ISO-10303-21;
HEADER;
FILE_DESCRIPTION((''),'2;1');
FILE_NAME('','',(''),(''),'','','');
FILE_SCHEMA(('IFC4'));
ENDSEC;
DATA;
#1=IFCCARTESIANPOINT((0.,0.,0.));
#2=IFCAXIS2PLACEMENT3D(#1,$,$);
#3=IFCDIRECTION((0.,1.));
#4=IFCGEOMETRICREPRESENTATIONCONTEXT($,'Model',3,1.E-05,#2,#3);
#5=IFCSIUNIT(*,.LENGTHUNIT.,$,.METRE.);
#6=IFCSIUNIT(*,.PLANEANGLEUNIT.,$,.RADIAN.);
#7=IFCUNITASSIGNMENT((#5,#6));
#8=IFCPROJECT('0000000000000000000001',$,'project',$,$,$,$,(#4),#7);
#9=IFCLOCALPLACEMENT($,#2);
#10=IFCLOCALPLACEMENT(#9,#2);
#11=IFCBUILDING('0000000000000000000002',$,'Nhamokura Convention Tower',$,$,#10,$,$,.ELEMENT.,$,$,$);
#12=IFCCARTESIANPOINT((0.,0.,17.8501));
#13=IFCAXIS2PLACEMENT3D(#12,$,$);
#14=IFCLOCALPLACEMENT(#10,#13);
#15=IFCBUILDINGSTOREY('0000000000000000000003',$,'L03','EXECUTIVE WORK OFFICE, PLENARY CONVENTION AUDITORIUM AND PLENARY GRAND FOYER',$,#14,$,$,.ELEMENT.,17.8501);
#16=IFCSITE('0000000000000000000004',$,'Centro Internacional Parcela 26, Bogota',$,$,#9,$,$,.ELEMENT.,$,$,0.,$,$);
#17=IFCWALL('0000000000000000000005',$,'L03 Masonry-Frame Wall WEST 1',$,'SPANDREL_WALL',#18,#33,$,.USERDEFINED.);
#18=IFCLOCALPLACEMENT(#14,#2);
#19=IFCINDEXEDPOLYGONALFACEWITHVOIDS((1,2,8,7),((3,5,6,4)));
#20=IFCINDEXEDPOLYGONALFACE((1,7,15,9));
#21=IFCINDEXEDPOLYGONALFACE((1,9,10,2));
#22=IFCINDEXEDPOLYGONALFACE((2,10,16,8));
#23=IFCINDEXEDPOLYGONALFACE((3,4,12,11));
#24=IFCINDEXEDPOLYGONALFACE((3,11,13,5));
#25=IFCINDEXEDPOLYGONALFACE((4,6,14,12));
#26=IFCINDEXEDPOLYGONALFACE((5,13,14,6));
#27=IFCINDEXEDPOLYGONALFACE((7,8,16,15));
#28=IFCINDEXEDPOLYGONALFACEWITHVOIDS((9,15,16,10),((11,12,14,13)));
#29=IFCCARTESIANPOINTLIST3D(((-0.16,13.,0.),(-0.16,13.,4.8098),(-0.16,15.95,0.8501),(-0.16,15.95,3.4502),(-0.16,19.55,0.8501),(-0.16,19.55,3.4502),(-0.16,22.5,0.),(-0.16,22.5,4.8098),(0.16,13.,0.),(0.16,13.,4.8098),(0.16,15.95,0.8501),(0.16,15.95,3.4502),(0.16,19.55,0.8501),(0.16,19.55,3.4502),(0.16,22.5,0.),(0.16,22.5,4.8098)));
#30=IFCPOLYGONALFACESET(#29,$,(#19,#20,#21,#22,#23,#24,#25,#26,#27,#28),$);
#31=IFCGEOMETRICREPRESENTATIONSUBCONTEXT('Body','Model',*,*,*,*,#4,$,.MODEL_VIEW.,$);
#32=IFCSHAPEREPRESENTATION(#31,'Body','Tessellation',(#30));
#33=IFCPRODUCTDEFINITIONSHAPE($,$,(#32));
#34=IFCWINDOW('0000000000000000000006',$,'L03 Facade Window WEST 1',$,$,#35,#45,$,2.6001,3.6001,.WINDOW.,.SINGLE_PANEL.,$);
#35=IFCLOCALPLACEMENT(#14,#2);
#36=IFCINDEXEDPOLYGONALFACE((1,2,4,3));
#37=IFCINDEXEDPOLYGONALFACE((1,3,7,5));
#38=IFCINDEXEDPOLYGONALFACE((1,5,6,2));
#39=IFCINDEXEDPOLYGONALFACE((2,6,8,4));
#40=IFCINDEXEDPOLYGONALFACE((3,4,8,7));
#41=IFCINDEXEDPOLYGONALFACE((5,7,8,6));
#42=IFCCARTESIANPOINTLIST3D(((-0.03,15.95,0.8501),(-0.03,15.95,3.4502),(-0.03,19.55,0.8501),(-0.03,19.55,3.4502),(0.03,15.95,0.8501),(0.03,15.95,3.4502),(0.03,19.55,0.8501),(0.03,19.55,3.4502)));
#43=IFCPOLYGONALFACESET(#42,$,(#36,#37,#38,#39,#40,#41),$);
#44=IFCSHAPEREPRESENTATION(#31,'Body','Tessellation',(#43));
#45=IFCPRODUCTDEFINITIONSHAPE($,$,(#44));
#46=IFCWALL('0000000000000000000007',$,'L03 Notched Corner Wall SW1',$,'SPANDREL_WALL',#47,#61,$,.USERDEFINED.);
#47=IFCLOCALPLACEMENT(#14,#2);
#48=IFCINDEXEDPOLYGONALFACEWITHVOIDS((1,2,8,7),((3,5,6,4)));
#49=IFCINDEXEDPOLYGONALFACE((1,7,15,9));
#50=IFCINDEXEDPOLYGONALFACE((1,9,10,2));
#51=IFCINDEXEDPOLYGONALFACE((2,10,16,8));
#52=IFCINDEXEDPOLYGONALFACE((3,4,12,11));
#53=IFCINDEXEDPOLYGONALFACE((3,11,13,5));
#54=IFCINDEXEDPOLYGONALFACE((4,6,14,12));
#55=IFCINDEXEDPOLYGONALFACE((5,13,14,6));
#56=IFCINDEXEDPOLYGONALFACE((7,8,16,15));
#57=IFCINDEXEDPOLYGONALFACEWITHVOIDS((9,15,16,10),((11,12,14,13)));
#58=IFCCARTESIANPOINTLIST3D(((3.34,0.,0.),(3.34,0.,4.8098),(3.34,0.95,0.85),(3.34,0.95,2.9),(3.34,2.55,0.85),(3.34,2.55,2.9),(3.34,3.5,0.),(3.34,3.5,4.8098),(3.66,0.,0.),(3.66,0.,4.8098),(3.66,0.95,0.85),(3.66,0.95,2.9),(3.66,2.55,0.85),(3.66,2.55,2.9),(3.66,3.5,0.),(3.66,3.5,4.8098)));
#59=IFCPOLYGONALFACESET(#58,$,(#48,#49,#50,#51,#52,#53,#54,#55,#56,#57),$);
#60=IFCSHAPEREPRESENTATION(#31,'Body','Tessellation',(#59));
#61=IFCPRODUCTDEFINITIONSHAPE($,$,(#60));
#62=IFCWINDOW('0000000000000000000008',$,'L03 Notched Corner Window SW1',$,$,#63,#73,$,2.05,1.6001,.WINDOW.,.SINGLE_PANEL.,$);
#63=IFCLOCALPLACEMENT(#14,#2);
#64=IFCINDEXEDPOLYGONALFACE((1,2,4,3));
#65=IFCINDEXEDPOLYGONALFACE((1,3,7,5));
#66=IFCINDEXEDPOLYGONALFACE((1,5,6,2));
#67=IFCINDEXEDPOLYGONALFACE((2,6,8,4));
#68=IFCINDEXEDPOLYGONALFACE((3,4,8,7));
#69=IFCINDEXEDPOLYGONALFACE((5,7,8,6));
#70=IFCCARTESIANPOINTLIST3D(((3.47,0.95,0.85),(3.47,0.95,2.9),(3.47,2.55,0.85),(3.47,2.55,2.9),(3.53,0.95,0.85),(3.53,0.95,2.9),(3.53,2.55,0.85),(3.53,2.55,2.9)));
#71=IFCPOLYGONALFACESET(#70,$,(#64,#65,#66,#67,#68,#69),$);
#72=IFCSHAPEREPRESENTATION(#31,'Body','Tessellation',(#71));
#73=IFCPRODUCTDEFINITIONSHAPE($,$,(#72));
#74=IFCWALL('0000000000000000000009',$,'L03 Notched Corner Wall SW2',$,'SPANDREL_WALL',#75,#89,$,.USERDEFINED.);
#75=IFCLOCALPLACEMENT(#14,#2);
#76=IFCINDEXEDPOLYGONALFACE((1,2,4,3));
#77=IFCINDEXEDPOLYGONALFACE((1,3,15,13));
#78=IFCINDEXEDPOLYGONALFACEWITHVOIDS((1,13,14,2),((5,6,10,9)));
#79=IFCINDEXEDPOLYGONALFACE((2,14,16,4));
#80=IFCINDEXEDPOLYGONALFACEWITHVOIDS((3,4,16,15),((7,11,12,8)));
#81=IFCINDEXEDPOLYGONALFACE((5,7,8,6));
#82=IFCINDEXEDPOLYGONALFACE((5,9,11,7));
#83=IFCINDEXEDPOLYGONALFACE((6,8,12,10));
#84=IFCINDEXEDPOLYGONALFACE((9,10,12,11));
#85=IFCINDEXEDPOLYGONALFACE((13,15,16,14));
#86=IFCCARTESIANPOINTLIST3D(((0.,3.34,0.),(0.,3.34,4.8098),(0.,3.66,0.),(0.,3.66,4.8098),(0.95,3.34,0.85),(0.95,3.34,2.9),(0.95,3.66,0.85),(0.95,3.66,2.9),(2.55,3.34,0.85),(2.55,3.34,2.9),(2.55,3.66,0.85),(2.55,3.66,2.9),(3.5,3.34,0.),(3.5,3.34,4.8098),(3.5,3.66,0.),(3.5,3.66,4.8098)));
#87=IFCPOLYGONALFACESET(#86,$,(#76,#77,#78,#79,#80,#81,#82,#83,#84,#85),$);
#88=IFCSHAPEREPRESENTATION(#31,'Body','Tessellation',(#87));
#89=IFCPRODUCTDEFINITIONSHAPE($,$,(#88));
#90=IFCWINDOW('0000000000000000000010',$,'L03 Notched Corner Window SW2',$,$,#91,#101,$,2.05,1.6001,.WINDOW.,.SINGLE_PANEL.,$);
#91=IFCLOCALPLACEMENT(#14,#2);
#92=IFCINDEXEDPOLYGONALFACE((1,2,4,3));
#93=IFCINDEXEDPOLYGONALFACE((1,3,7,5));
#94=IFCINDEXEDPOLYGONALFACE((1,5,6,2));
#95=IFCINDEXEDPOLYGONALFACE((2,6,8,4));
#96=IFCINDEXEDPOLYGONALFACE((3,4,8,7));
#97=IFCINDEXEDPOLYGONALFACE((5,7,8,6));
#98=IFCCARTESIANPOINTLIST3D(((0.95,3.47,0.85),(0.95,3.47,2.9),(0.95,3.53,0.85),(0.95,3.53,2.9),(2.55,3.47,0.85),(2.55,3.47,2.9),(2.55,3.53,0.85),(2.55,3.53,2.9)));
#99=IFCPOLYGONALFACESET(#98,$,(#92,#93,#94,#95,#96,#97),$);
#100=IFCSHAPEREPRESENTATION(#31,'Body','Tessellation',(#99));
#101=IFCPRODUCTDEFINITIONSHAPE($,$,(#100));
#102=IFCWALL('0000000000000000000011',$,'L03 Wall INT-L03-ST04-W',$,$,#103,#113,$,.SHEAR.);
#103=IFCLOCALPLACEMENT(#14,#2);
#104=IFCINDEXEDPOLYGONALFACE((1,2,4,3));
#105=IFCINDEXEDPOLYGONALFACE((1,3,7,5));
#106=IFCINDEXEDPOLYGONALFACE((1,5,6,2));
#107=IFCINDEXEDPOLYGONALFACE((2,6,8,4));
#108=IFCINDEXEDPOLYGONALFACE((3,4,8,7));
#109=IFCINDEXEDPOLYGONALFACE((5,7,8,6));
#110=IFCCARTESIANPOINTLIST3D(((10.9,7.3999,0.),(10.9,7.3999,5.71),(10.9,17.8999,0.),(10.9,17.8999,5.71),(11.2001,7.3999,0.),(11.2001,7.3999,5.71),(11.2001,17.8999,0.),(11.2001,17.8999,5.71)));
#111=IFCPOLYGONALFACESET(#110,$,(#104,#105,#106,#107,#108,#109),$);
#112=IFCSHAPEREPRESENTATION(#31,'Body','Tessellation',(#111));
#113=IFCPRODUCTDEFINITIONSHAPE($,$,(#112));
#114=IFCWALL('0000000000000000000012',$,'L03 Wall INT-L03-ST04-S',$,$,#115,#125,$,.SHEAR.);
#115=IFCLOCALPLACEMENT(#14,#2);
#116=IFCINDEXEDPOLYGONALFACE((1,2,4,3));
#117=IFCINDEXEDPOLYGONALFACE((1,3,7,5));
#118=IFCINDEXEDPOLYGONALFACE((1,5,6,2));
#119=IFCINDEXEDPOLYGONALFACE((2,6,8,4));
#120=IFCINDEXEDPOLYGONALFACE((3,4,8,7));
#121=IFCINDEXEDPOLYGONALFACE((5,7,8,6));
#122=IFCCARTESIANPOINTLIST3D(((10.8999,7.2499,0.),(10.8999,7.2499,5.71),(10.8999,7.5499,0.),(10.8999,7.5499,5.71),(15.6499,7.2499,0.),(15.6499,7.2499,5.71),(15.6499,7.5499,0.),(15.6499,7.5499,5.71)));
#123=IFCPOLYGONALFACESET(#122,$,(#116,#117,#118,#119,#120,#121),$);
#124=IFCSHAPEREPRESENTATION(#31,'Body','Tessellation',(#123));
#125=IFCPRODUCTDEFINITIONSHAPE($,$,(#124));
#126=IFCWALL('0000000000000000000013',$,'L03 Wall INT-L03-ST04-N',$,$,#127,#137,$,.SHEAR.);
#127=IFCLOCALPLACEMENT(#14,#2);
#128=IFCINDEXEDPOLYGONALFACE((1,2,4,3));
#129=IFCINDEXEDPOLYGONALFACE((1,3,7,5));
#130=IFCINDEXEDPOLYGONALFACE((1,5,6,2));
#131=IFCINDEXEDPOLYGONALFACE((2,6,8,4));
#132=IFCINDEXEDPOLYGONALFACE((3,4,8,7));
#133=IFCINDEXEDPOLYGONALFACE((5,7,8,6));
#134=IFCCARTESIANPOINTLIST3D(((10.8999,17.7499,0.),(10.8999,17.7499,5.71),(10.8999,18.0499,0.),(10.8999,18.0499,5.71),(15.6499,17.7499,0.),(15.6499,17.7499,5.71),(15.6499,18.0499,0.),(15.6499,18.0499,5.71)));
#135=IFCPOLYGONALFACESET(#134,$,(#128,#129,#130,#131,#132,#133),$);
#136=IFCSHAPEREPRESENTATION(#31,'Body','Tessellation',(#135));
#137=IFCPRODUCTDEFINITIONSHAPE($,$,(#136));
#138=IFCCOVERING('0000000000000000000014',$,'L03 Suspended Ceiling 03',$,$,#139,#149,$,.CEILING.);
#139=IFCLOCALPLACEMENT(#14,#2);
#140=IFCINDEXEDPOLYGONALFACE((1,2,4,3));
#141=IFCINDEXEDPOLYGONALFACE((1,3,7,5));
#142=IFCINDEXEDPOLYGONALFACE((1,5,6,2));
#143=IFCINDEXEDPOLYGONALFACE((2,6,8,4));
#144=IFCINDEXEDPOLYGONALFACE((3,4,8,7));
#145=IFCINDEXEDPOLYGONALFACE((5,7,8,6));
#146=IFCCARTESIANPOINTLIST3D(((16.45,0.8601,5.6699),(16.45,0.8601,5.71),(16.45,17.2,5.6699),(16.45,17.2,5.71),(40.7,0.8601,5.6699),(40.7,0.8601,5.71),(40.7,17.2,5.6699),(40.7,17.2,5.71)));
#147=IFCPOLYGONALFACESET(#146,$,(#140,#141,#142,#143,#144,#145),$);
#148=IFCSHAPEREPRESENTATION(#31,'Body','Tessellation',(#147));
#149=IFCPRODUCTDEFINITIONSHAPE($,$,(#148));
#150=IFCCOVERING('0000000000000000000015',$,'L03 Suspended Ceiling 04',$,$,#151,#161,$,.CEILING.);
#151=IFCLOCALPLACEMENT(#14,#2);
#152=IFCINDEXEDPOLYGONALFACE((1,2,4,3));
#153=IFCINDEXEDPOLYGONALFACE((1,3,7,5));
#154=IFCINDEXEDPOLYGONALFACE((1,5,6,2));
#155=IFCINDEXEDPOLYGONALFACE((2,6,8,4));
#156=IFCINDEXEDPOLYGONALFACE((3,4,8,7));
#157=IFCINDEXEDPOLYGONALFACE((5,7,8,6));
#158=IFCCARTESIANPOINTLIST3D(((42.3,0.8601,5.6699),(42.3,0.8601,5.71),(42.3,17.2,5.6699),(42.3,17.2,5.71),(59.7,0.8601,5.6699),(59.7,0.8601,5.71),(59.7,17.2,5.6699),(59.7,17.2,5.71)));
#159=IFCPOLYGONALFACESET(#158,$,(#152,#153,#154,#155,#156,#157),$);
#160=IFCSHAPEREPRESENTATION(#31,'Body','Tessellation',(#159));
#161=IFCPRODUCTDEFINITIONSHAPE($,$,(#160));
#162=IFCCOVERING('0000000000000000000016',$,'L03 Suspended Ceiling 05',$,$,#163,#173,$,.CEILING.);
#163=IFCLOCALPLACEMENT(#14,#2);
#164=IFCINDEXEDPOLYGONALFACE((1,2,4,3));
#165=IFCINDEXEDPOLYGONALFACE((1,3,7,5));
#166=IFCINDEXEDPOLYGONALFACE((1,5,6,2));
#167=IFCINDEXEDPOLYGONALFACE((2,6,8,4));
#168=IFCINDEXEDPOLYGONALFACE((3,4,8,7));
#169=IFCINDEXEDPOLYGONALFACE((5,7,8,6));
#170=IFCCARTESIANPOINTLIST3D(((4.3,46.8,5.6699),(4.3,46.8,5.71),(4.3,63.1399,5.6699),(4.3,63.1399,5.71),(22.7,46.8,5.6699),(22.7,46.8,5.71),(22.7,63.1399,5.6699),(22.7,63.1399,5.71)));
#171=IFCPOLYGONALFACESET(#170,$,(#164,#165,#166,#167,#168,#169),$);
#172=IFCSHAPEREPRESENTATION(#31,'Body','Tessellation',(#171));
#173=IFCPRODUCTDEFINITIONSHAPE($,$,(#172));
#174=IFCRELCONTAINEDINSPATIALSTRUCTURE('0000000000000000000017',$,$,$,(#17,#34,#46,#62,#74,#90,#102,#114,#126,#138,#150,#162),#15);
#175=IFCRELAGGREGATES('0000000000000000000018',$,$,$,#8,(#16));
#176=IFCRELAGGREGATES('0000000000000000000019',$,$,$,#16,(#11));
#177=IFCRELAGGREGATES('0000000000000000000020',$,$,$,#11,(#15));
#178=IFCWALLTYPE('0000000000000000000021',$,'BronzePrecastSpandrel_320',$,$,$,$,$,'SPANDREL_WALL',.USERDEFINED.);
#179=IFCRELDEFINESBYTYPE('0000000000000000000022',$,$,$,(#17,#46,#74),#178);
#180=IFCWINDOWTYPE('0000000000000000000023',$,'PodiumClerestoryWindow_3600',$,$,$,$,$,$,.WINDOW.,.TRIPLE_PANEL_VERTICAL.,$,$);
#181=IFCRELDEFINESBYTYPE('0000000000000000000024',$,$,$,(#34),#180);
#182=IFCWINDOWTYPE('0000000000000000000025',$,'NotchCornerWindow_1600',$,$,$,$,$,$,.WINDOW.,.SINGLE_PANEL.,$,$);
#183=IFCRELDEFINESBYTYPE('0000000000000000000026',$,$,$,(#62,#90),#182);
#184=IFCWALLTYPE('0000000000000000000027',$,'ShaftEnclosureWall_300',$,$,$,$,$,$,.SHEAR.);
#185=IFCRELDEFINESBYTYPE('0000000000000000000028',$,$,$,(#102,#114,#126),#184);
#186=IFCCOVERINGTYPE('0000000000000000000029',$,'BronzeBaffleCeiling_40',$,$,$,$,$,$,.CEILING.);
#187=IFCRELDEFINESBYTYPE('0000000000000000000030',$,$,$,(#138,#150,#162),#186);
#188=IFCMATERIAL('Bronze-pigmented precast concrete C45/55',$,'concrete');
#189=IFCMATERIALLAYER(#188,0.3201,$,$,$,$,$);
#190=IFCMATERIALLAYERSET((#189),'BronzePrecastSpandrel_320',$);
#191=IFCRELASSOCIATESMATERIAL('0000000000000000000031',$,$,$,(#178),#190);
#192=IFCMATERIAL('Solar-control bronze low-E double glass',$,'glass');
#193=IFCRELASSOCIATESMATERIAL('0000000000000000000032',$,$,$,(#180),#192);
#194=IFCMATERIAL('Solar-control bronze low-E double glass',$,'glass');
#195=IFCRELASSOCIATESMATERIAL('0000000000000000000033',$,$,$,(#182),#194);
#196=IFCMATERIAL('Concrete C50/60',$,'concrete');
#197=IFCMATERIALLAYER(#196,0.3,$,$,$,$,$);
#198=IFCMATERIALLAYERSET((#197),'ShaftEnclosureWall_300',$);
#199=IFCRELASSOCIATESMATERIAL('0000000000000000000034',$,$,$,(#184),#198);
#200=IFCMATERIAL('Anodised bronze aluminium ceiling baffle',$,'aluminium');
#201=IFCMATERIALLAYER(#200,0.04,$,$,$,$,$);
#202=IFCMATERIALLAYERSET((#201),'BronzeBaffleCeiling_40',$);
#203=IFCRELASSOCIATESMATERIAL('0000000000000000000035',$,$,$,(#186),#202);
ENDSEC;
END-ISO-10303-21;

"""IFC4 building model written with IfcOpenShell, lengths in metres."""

from ifc_helpers import new_model, si_unit, direction, frame, frame_2d, origin, place, context, subcontext, project, spatial, polyline, rectangle, outline, extrude, material, layer, layer_set, type_object, element, fill, save


model = new_model("IFC4")

# Units and contexts
model_context = context("Model", 3, precision=1e-05, world=origin(), true_north=direction((0.0, 1.0)))
body_context = subcontext(model_context, "Body", "Model", "MODEL_VIEW")
ifc_project = project(units=[si_unit("LENGTHUNIT", "METRE"), si_unit("PLANEANGLEUNIT", "RADIAN")], contexts=[model_context])

# Site, building, storey
site_placement = place(None, origin())
site = spatial("IfcSite", under=ifc_project, at=site_placement, Name="Centro Internacional Parcela 26, Bogota", CompositionType="ELEMENT", RefElevation=0.0)
building_placement = place(site_placement, origin())
building = spatial("IfcBuilding", under=site, at=building_placement, Name="Nhamokura Convention Tower", CompositionType="ELEMENT")
storey_placement = place(building_placement, frame((0.0, 0.0, 17.8501)))
storey = spatial("IfcBuildingStorey", under=building, at=storey_placement, Name="L03", Description="EXECUTIVE WORK OFFICE, PLENARY CONVENTION AUDITORIUM AND PLENARY GRAND FOYER", CompositionType="ELEMENT", Elevation=17.8501)

# Shared definitions
ifc_material_1 = material(Name="Bronze-pigmented precast concrete C45/55", Category="concrete")
ifc_layer_1 = layer(ifc_material_1, 0.3201)
ifc_layer_set_1 = layer_set([ifc_layer_1], Name="BronzePrecastSpandrel_320")
wall_type_1 = type_object("IfcWallType", Name="BronzePrecastSpandrel_320", ElementType="SPANDREL_WALL", PredefinedType="USERDEFINED", material=ifc_layer_set_1)

# Walls, openings, windows
wall_1_placement = place(storey_placement, frame((0.0, 13.0, 0.0), z_axis=(0.0, 0.0, 1.0), x_axis=(0.0, 1.0, 0.0)))
wall_1 = element("IfcWall", 1, at=wall_1_placement, inside=storey, type_object=wall_type_1, Name="L03 Masonry-Frame Wall WEST 1", ObjectType="SPANDREL_WALL", PredefinedType="USERDEFINED", context=body_context, shape_type="SweptSolid", body=[
    extrude(rectangle(XDim=9.5, YDim=0.3201, at=frame_2d((4.75, 0.0))), origin(), (0.0, 0.0, 1.0), 4.8098),
])
opening_1_placement = place(wall_1_placement, frame((2.95, 0.0, 0.8501)))
opening_1 = element("IfcOpeningElement", 2, at=opening_1_placement, cuts=wall_1, PredefinedType="OPENING", context=body_context, shape_type="SweptSolid", body=[
    extrude(rectangle(XDim=3.6001, YDim=2.6001, at=frame_2d((1.8, 1.3))), frame((0.0, 0.1699, 0.0), z_axis=(0.0, -1.0, 0.0), x_axis=(1.0, 0.0, 0.0)), (0.0, 0.0, 1.0), 0.3401),
])
ifc_material_2 = material(Name="Solar-control bronze low-E double glass", Category="glass")
window_type_1 = type_object("IfcWindowType", Name="PodiumClerestoryWindow_3600", PartitioningType="TRIPLE_PANEL_VERTICAL", PredefinedType="WINDOW", material=ifc_material_2)
window_1_placement = place(opening_1_placement, origin())
window_1 = element("IfcWindow", 3, at=window_1_placement, inside=storey, type_object=window_type_1, Name="L03 Facade Window WEST 1", OverallHeight=2.6001, OverallWidth=3.6001, PartitioningType="SINGLE_PANEL", PredefinedType="WINDOW", context=body_context, shape_type="SweptSolid", body=[
    extrude(rectangle(XDim=3.6001, YDim=2.6001, at=frame_2d((1.8, 1.3))), frame((0.0, 0.03, 0.0), z_axis=(0.0, -1.0, 0.0), x_axis=(1.0, 0.0, 0.0)), (0.0, 0.0, 1.0), 0.0601),
])
fill(opening_1, window_1)
wall_2_placement = place(storey_placement, frame((3.5, 0.0, 0.0), z_axis=(0.0, 0.0, 1.0), x_axis=(0.0, 1.0, 0.0)))
wall_2 = element("IfcWall", 4, at=wall_2_placement, inside=storey, type_object=wall_type_1, Name="L03 Notched Corner Wall SW1", ObjectType="SPANDREL_WALL", PredefinedType="USERDEFINED", context=body_context, shape_type="SweptSolid", body=[
    extrude(rectangle(XDim=3.5, YDim=0.3201, at=frame_2d((1.75, 0.0))), origin(), (0.0, 0.0, 1.0), 4.8098),
])
opening_2_placement = place(wall_2_placement, frame((0.95, 0.0, 0.8501)))
opening_2 = element("IfcOpeningElement", 5, at=opening_2_placement, cuts=wall_2, PredefinedType="OPENING", context=body_context, shape_type="SweptSolid", body=[
    extrude(rectangle(XDim=1.6001, YDim=2.05, at=frame_2d((0.8, 1.0249))), frame((0.0, 0.1699, 0.0), z_axis=(0.0, -1.0, 0.0), x_axis=(1.0, 0.0, 0.0)), (0.0, 0.0, 1.0), 0.3401),
])
ifc_material_3 = material(Name="Solar-control bronze low-E double glass", Category="glass")
window_type_2 = type_object("IfcWindowType", Name="NotchCornerWindow_1600", PartitioningType="SINGLE_PANEL", PredefinedType="WINDOW", material=ifc_material_3)
window_2_placement = place(opening_2_placement, origin())
window_2 = element("IfcWindow", 6, at=window_2_placement, inside=storey, type_object=window_type_2, Name="L03 Notched Corner Window SW1", OverallHeight=2.05, OverallWidth=1.6001, PartitioningType="SINGLE_PANEL", PredefinedType="WINDOW", context=body_context, shape_type="SweptSolid", body=[
    extrude(rectangle(XDim=1.6001, YDim=2.05, at=frame_2d((0.8, 1.0249))), frame((0.0, 0.03, 0.0), z_axis=(0.0, -1.0, 0.0), x_axis=(1.0, 0.0, 0.0)), (0.0, 0.0, 1.0), 0.0601),
])
fill(opening_2, window_2)
wall_3_placement = place(storey_placement, frame((3.5, 3.5, 0.0), z_axis=(0.0, 0.0, 1.0), x_axis=(-1.0, 0.0, 0.0)))
wall_3 = element("IfcWall", 7, at=wall_3_placement, inside=storey, type_object=wall_type_1, Name="L03 Notched Corner Wall SW2", ObjectType="SPANDREL_WALL", PredefinedType="USERDEFINED", context=body_context, shape_type="SweptSolid", body=[
    extrude(rectangle(XDim=3.5, YDim=0.3201, at=frame_2d((1.75, 0.0))), origin(), (0.0, 0.0, 1.0), 4.8098),
])
opening_3_placement = place(wall_3_placement, frame((0.95, 0.0, 0.8501)))
opening_3 = element("IfcOpeningElement", 8, at=opening_3_placement, cuts=wall_3, PredefinedType="OPENING", context=body_context, shape_type="SweptSolid", body=[
    extrude(rectangle(XDim=1.6001, YDim=2.05, at=frame_2d((0.8, 1.0249))), frame((0.0, 0.1699, 0.0), z_axis=(0.0, -1.0, 0.0), x_axis=(1.0, 0.0, 0.0)), (0.0, 0.0, 1.0), 0.3401),
])
window_3_placement = place(opening_3_placement, origin())
window_3 = element("IfcWindow", 9, at=window_3_placement, inside=storey, type_object=window_type_2, Name="L03 Notched Corner Window SW2", OverallHeight=2.05, OverallWidth=1.6001, PartitioningType="SINGLE_PANEL", PredefinedType="WINDOW", context=body_context, shape_type="SweptSolid", body=[
    extrude(rectangle(XDim=1.6001, YDim=2.05, at=frame_2d((0.8, 1.0249))), frame((0.0, 0.03, 0.0), z_axis=(0.0, -1.0, 0.0), x_axis=(1.0, 0.0, 0.0)), (0.0, 0.0, 1.0), 0.0601),
])
fill(opening_3, window_3)

# Walls
ifc_material_4 = material(Name="Concrete C50/60", Category="concrete")
ifc_layer_2 = layer(ifc_material_4, 0.3)
ifc_layer_set_2 = layer_set([ifc_layer_2], Name="ShaftEnclosureWall_300")
wall_type_2 = type_object("IfcWallType", Name="ShaftEnclosureWall_300", PredefinedType="SHEAR", material=ifc_layer_set_2)
wall_4_placement = place(storey_placement, frame((11.05, 7.3999, 0.0), z_axis=(0.0, 0.0, 1.0), x_axis=(0.0, 1.0, 0.0)))
element("IfcWall", 10, at=wall_4_placement, inside=storey, type_object=wall_type_2, Name="L03 Wall INT-L03-ST04-W", PredefinedType="SHEAR", context=body_context, shape_type="SweptSolid", body=[
    extrude(rectangle(XDim=10.5, YDim=0.3, at=frame_2d((5.25, 0.0))), origin(), (0.0, 0.0, 1.0), 5.71),
])
for number, where, z_axis, x_axis, name in (
    (11, (10.8999, 7.3999, 0.0), (0.0, 0.0, 1.0), (1.0, 0.0, 0.0), "L03 Wall INT-L03-ST04-S"),
    (12, (10.8999, 17.8999, 0.0), (0.0, 0.0, 1.0), (1.0, 0.0, 0.0), "L03 Wall INT-L03-ST04-N"),
):
    element("IfcWall", number, at=place(storey_placement, frame(where, z_axis=z_axis, x_axis=x_axis)), inside=storey, type_object=wall_type_2, Name=name, PredefinedType="SHEAR", context=body_context, shape_type="SweptSolid", body=[
        extrude(rectangle(XDim=4.75, YDim=0.3, at=frame_2d((2.375, 0.0))), origin(), (0.0, 0.0, 1.0), 5.71),
    ])

# Coverings
ifc_material_5 = material(Name="Anodised bronze aluminium ceiling baffle", Category="aluminium")
ifc_layer_3 = layer(ifc_material_5, 0.04)
ifc_layer_set_3 = layer_set([ifc_layer_3], Name="BronzeBaffleCeiling_40")
covering_type_1 = type_object("IfcCoveringType", Name="BronzeBaffleCeiling_40", PredefinedType="CEILING", material=ifc_layer_set_3)
covering_1_placement = place(storey_placement, frame((0.0, 0.0, 5.6699)))
element("IfcCovering", 13, at=covering_1_placement, inside=storey, type_object=covering_type_1, Name="L03 Suspended Ceiling 03", PredefinedType="CEILING", context=body_context, shape_type="SweptSolid", body=[
    extrude(outline(polyline([(16.45, 0.8601), (40.7, 0.8601), (40.7, 17.2), (16.45, 17.2), (16.45, 0.8601)])), origin(), (0.0, 0.0, 1.0), 0.04),
])
covering_2_placement = place(storey_placement, frame((0.0, 0.0, 5.6699)))
element("IfcCovering", 14, at=covering_2_placement, inside=storey, type_object=covering_type_1, Name="L03 Suspended Ceiling 04", PredefinedType="CEILING", context=body_context, shape_type="SweptSolid", body=[
    extrude(outline(polyline([(42.3, 0.8601), (59.7, 0.8601), (59.7, 17.2), (42.3, 17.2), (42.3, 0.8601)])), origin(), (0.0, 0.0, 1.0), 0.04),
])
covering_3_placement = place(storey_placement, frame((0.0, 0.0, 5.6699)))
element("IfcCovering", 15, at=covering_3_placement, inside=storey, type_object=covering_type_1, Name="L03 Suspended Ceiling 05", PredefinedType="CEILING", context=body_context, shape_type="SweptSolid", body=[
    extrude(outline(polyline([(4.3, 46.8), (22.7, 46.8), (22.7, 63.1399), (4.3, 63.1399), (4.3, 46.8)])), origin(), (0.0, 0.0, 1.0), 0.04),
])

save(model, "model.ifc")
